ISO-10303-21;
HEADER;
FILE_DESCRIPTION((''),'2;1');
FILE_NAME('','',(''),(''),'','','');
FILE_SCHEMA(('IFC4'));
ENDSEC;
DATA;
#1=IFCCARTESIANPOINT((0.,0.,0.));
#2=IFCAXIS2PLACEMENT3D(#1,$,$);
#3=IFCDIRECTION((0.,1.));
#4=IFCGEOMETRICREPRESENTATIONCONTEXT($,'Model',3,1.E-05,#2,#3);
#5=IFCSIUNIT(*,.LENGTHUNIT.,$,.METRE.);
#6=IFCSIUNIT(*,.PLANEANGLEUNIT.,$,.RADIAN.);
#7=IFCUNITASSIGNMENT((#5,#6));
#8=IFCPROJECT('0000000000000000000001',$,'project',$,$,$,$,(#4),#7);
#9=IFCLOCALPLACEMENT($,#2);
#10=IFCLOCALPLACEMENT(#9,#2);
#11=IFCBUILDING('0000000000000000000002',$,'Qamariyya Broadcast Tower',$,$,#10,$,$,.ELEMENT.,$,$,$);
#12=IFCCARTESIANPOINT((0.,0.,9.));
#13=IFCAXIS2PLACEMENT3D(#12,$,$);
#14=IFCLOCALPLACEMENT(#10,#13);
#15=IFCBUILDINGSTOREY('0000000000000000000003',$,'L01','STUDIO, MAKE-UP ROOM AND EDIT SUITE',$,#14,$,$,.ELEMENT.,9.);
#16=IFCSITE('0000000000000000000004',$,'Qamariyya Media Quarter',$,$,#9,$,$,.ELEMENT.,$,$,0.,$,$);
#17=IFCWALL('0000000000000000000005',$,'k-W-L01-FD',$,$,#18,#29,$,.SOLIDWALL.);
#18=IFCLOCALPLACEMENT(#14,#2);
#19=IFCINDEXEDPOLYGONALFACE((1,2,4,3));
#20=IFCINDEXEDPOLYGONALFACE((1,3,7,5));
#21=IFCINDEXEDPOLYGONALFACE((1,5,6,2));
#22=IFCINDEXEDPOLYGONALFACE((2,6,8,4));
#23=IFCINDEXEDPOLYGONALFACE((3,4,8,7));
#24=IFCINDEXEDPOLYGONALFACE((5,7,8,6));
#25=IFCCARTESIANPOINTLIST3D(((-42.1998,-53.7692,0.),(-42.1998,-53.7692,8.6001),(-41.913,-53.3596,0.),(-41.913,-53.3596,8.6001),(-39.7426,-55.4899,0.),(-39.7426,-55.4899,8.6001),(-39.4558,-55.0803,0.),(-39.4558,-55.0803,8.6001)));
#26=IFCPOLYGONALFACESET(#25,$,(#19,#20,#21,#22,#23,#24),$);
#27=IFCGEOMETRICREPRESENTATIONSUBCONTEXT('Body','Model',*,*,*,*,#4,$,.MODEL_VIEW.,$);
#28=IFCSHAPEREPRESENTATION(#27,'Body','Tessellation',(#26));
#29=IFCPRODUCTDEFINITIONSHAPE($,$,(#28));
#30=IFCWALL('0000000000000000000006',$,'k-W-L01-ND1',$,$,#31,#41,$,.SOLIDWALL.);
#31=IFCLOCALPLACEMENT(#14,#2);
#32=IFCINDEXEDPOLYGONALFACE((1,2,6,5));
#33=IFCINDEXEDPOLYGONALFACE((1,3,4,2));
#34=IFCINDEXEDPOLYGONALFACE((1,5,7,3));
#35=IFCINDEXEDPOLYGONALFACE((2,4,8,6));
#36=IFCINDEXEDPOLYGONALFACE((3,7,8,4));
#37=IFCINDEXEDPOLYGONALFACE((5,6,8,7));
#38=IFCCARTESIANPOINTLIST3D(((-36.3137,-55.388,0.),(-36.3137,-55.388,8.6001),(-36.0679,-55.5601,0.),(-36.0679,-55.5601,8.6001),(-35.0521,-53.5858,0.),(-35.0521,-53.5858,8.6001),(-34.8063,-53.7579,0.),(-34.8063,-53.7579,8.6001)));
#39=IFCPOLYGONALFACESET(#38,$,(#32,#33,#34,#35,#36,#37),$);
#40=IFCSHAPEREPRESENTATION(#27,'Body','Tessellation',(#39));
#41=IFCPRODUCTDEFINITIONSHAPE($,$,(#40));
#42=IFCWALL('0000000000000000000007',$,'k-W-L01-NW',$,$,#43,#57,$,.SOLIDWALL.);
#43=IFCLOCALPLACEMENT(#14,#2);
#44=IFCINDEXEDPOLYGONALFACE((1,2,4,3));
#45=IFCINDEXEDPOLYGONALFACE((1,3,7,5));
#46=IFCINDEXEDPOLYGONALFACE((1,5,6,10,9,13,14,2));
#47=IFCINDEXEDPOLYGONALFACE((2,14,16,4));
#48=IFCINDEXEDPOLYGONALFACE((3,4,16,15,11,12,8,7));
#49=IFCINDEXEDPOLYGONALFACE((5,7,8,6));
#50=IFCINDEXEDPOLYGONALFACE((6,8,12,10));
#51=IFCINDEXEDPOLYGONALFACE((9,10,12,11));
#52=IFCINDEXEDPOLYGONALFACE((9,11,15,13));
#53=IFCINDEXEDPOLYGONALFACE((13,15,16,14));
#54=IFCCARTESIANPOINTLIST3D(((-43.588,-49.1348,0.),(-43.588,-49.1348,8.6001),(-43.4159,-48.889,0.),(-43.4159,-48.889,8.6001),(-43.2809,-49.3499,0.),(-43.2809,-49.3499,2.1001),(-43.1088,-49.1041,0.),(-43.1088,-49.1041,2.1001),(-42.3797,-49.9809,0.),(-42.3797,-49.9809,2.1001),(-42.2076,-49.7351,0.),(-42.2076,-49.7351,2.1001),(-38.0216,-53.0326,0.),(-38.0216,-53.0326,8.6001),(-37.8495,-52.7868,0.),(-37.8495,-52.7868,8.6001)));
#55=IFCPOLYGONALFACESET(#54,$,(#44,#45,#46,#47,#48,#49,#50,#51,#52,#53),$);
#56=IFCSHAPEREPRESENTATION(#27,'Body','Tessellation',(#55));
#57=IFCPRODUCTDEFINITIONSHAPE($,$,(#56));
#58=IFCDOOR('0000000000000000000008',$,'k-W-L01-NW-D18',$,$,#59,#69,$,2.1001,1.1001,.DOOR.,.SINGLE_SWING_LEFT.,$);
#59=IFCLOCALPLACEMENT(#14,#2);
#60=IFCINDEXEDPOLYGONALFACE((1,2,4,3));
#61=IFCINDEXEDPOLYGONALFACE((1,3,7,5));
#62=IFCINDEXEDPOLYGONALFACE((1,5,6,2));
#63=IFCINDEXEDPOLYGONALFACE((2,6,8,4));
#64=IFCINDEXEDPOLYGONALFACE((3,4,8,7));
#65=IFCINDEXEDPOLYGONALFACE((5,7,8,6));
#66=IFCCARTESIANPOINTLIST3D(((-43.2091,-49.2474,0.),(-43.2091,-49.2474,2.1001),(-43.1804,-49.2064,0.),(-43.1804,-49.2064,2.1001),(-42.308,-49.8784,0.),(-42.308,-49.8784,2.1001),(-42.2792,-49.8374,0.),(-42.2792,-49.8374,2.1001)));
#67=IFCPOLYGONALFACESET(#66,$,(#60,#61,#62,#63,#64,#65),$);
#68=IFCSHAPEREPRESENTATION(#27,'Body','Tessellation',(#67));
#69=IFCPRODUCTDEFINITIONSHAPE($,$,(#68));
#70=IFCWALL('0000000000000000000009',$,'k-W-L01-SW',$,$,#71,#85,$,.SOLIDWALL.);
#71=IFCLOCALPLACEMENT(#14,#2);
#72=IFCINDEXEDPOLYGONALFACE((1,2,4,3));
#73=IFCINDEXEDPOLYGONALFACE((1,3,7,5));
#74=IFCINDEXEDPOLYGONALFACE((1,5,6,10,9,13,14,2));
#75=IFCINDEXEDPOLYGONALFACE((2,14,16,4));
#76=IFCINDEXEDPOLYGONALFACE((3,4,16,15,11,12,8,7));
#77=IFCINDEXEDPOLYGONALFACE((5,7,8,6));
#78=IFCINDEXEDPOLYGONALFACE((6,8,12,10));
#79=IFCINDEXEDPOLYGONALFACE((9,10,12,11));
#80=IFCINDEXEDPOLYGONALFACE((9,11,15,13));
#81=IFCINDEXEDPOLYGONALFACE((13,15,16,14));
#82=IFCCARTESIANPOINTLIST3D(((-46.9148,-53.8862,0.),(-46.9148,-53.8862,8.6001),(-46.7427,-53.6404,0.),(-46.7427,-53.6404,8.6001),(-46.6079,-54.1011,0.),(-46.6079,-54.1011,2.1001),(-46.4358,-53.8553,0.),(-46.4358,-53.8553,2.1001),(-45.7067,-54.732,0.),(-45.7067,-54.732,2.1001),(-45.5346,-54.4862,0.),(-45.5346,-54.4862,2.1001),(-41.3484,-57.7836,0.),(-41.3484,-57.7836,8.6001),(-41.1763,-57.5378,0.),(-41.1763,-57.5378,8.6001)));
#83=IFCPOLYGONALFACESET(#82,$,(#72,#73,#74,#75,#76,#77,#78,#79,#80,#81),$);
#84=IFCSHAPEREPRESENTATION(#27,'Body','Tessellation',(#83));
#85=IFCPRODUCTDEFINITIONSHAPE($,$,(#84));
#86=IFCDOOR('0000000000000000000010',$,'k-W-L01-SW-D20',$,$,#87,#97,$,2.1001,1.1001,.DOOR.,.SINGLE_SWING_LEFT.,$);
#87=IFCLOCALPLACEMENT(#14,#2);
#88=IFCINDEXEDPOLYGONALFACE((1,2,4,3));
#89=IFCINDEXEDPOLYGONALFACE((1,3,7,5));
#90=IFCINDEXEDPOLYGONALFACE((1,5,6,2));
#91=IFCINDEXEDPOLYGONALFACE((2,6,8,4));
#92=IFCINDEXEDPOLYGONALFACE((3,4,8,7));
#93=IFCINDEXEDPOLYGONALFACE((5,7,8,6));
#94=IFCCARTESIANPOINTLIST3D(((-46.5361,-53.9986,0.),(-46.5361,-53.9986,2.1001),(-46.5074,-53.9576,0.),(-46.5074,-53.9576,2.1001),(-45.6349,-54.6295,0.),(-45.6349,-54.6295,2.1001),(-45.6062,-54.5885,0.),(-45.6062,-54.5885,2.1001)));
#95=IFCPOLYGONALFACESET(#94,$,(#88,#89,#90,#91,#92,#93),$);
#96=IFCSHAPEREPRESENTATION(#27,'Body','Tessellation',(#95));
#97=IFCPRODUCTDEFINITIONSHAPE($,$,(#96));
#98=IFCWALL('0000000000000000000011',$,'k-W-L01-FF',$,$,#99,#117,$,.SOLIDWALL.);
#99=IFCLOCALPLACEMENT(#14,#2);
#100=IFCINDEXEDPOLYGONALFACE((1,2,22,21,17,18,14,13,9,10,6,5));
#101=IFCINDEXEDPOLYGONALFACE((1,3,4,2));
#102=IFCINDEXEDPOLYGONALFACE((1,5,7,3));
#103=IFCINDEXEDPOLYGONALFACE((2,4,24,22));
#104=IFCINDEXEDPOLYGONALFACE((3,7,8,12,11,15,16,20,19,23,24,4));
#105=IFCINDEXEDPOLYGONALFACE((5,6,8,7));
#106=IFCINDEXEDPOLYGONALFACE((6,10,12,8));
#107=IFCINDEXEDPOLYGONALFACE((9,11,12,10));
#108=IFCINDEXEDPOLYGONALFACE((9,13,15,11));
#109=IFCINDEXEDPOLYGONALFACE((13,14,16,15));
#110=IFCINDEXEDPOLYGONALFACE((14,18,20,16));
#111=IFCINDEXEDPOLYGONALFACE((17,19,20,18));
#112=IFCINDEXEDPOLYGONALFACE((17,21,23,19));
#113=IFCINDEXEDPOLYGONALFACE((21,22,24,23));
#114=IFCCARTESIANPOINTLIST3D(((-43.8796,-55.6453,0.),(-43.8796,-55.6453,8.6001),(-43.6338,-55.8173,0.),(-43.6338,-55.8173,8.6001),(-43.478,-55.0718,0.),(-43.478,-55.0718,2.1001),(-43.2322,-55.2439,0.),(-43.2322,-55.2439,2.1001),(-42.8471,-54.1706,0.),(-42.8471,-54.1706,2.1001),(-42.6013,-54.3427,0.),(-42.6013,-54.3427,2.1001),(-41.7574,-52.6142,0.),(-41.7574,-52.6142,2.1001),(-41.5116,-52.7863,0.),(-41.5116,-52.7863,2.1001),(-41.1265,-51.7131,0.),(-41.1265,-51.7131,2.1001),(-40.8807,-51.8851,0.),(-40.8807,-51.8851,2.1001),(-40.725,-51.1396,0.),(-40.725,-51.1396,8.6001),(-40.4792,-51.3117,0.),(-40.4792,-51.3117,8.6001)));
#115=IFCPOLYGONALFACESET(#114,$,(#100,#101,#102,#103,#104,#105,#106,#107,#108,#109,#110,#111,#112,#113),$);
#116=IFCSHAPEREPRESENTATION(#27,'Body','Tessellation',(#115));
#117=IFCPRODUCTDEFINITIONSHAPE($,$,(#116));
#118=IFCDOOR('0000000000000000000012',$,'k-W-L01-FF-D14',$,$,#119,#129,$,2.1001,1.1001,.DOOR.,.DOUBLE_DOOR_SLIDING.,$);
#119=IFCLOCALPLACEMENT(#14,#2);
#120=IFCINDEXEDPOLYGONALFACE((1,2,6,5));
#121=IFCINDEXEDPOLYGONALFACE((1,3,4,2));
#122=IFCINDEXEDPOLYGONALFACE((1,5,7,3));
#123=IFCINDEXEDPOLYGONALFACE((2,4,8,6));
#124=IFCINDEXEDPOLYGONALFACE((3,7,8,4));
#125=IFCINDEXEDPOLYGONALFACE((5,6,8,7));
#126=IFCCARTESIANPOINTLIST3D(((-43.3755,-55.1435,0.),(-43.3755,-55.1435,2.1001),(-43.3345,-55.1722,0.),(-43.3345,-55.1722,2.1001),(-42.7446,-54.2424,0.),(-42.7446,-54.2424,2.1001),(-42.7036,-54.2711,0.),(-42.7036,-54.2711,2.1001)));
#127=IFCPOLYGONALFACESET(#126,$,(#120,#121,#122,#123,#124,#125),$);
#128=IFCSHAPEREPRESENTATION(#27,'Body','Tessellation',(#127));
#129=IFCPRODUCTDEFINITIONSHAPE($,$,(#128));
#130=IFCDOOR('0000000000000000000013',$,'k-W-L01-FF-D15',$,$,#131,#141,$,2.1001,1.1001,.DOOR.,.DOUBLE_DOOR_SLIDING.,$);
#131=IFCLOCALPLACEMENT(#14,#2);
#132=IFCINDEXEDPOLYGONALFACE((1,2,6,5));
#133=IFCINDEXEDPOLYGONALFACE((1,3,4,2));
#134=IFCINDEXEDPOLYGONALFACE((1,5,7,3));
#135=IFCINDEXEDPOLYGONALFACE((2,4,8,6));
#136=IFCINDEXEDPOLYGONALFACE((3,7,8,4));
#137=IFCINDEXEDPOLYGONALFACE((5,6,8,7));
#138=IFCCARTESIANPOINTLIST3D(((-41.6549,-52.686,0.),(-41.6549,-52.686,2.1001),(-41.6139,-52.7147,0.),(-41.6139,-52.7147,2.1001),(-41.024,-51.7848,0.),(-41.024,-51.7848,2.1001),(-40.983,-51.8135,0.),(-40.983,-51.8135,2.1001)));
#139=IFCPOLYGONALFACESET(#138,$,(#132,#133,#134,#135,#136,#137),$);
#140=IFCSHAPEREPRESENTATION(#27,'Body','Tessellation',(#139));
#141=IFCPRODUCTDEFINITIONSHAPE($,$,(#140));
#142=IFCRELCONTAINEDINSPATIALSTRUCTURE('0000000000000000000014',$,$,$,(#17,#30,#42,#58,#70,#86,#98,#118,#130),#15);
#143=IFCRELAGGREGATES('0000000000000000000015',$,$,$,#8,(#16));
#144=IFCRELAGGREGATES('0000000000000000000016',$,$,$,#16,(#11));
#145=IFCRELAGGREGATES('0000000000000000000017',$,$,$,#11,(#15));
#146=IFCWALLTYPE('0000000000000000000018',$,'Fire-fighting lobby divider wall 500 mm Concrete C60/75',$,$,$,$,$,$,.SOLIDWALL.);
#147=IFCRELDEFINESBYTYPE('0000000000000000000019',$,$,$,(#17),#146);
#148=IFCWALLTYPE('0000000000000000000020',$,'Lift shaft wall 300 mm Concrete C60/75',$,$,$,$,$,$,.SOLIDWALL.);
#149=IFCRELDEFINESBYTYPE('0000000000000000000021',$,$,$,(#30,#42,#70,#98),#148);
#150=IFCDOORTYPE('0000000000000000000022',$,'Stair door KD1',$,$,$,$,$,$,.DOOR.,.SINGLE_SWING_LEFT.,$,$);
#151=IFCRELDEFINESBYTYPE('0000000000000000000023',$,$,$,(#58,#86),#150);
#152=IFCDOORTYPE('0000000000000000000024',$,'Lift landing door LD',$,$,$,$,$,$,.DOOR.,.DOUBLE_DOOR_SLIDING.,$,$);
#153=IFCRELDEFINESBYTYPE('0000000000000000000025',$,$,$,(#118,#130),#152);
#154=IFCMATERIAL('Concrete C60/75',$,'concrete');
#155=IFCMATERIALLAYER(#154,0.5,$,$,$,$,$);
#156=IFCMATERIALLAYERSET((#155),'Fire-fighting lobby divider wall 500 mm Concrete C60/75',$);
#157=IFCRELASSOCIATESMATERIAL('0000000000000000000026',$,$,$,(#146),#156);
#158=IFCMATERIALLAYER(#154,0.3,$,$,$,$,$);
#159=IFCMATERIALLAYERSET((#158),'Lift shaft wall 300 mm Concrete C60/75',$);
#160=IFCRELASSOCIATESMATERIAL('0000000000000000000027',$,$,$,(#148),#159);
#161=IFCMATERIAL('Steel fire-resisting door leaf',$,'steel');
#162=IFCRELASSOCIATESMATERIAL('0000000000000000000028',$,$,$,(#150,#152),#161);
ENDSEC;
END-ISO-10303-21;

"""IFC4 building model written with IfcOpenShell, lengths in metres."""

from ifc_helpers import new_model, si_unit, direction, frame, frame_2d, origin, place, context, subcontext, project, spatial, rectangle, extrude, material, layer, layer_set, type_object, element, fill, save


model = new_model("IFC4")

# Units and contexts
model_context = context("Model", 3, precision=1e-05, world=origin(), true_north=direction((0.0, 1.0)))
body_context = subcontext(model_context, "Body", "Model", "MODEL_VIEW")
ifc_project = project(units=[si_unit("LENGTHUNIT", "METRE"), si_unit("PLANEANGLEUNIT", "RADIAN")], contexts=[model_context])

# Site, building, storey
site_placement = place(None, origin())
site = spatial("IfcSite", under=ifc_project, at=site_placement, Name="Qamariyya Media Quarter", CompositionType="ELEMENT", RefElevation=0.0)
building_placement = place(site_placement, origin())
building = spatial("IfcBuilding", under=site, at=building_placement, Name="Qamariyya Broadcast Tower", CompositionType="ELEMENT")
storey_placement = place(building_placement, frame((0.0, 0.0, 9.0)))
storey = spatial("IfcBuildingStorey", under=building, at=storey_placement, Name="L01", Description="STUDIO, MAKE-UP ROOM AND EDIT SUITE", CompositionType="ELEMENT", Elevation=9.0)

# Walls
ifc_material_1 = material(Name="Concrete C60/75", Category="concrete")
ifc_layer_1 = layer(ifc_material_1, 0.5)
ifc_layer_set_1 = layer_set([ifc_layer_1], Name="Fire-fighting lobby divider wall 500 mm Concrete C60/75")
wall_type_1 = type_object("IfcWallType", Name="Fire-fighting lobby divider wall 500 mm Concrete C60/75", PredefinedType="SOLIDWALL", material=ifc_layer_set_1)
wall_1_placement = place(storey_placement, frame((-39.5991, -55.2852, 0.0), z_axis=(0.0, 0.0, 1.0), x_axis=(-0.819136, 0.573599, 0.0)))
element("IfcWall", 1, at=wall_1_placement, inside=storey, type_object=wall_type_1, Name="k-W-L01-FD", PredefinedType="SOLIDWALL", context=body_context, shape_type="SweptSolid", body=[
    extrude(rectangle(XDim=2.9998, YDim=0.5, at=frame_2d((1.5, 0.0))), origin(), (0.0, 0.0, 1.0), 8.6001),
])
ifc_layer_2 = layer(ifc_material_1, 0.3)
ifc_layer_set_2 = layer_set([ifc_layer_2], Name="Lift shaft wall 300 mm Concrete C60/75")
wall_type_2 = type_object("IfcWallType", Name="Lift shaft wall 300 mm Concrete C60/75", PredefinedType="SOLIDWALL", material=ifc_layer_set_2)
wall_2_placement = place(storey_placement, frame((-36.1909, -55.4741, 0.0), z_axis=(0.0, 0.0, 1.0), x_axis=(0.573507, 0.819201, 0.0)))
element("IfcWall", 2, at=wall_2_placement, inside=storey, type_object=wall_type_2, Name="k-W-L01-ND1", PredefinedType="SOLIDWALL", context=body_context, shape_type="SweptSolid", body=[
    extrude(rectangle(XDim=2.2, YDim=0.3, at=frame_2d((1.1001, 0.0))), origin(), (0.0, 0.0, 1.0), 8.6001),
])

# Walls, openings, doors
wall_3_placement = place(storey_placement, frame((-37.9355, -52.9097, 0.0), z_axis=(0.0, 0.0, 1.0), x_axis=(-0.819148, 0.573583, 0.0)))
wall_3 = element("IfcWall", 3, at=wall_3_placement, inside=storey, type_object=wall_type_2, Name="k-W-L01-NW", PredefinedType="SOLIDWALL", context=body_context, shape_type="SweptSolid", body=[
    extrude(rectangle(XDim=6.7954, YDim=0.3, at=frame_2d((3.3977, 0.0))), origin(), (0.0, 0.0, 1.0), 8.6001),
])
opening_1_placement = place(wall_3_placement, frame((5.3203, 0.0, 0.0)))
opening_1 = element("IfcOpeningElement", 4, at=opening_1_placement, cuts=wall_3, PredefinedType="OPENING", context=body_context, shape_type="SweptSolid", body=[
    extrude(rectangle(XDim=1.1001, YDim=2.1001, at=frame_2d((0.55, 1.05))), frame((0.0, 0.1599, 0.0), z_axis=(0.0, -1.0, 0.0), x_axis=(1.0, 0.0, 0.0)), (0.0, 0.0, 1.0), 0.3201),
])
ifc_material_2 = material(Name="Steel fire-resisting door leaf", Category="steel")
door_type_1 = type_object("IfcDoorType", Name="Stair door KD1", OperationType="SINGLE_SWING_LEFT", PredefinedType="DOOR", material=ifc_material_2)
door_1_placement = place(opening_1_placement, origin())
door_1 = element("IfcDoor", 5, at=door_1_placement, inside=storey, type_object=door_type_1, Name="k-W-L01-NW-D18", OperationType="SINGLE_SWING_LEFT", OverallHeight=2.1001, OverallWidth=1.1001, PredefinedType="DOOR", context=body_context, shape_type="SweptSolid", body=[
    extrude(rectangle(XDim=1.1001, YDim=2.1001, at=frame_2d((0.55, 1.05))), frame((0.0, 0.0249, 0.0), z_axis=(0.0, -1.0, 0.0), x_axis=(1.0, 0.0, 0.0)), (0.0, 0.0, 1.0), 0.05),
])
fill(opening_1, door_1)
wall_4_placement = place(storey_placement, frame((-41.2625, -57.6606, 0.0), z_axis=(0.0, 0.0, 1.0), x_axis=(-0.819164, 0.573559, 0.0)))
wall_4 = element("IfcWall", 6, at=wall_4_placement, inside=storey, type_object=wall_type_2, Name="k-W-L01-SW", PredefinedType="SOLIDWALL", context=body_context, shape_type="SweptSolid", body=[
    extrude(rectangle(XDim=6.7952, YDim=0.3, at=frame_2d((3.3975, 0.0))), origin(), (0.0, 0.0, 1.0), 8.6001),
])
opening_2_placement = place(wall_4_placement, frame((5.3203, 0.0, 0.0)))
opening_2 = element("IfcOpeningElement", 7, at=opening_2_placement, cuts=wall_4, PredefinedType="OPENING", context=body_context, shape_type="SweptSolid", body=[
    extrude(rectangle(XDim=1.1001, YDim=2.1001, at=frame_2d((0.55, 1.05))), frame((0.0, 0.1599, 0.0), z_axis=(0.0, -1.0, 0.0), x_axis=(1.0, 0.0, 0.0)), (0.0, 0.0, 1.0), 0.3201),
])
door_2_placement = place(opening_2_placement, origin())
door_2 = element("IfcDoor", 8, at=door_2_placement, inside=storey, type_object=door_type_1, Name="k-W-L01-SW-D20", OperationType="SINGLE_SWING_LEFT", OverallHeight=2.1001, OverallWidth=1.1001, PredefinedType="DOOR", context=body_context, shape_type="SweptSolid", body=[
    extrude(rectangle(XDim=1.1001, YDim=2.1001, at=frame_2d((0.55, 1.05))), frame((0.0, 0.0249, 0.0), z_axis=(0.0, -1.0, 0.0), x_axis=(1.0, 0.0, 0.0)), (0.0, 0.0, 1.0), 0.05),
])
fill(opening_2, door_2)

# Wall, openings, doors
wall_5_placement = place(storey_placement, frame((-43.7566, -55.7312, 0.0), z_axis=(0.0, 0.0, 1.0), x_axis=(0.573537, 0.81918, 0.0)))
wall_5 = element("IfcWall", 9, at=wall_5_placement, inside=storey, type_object=wall_type_2, Name="k-W-L01-FF", PredefinedType="SOLIDWALL", context=body_context, shape_type="SweptSolid", body=[
    extrude(rectangle(XDim=5.5002, YDim=0.3, at=frame_2d((2.75, 0.0))), origin(), (0.0, 0.0, 1.0), 8.6001),
])
opening_3_placement = place(wall_5_placement, frame((0.7, 0.0, 0.0)))
opening_3 = element("IfcOpeningElement", 10, at=opening_3_placement, cuts=wall_5, PredefinedType="OPENING", context=body_context, shape_type="SweptSolid", body=[
    extrude(rectangle(XDim=1.1001, YDim=2.1001, at=frame_2d((0.55, 1.05))), frame((0.0, 0.1599, 0.0), z_axis=(0.0, -1.0, 0.0), x_axis=(1.0, 0.0, 0.0)), (0.0, 0.0, 1.0), 0.3201),
])
opening_4_placement = place(wall_5_placement, frame((3.7, 0.0, 0.0)))
opening_4 = element("IfcOpeningElement", 11, at=opening_4_placement, cuts=wall_5, PredefinedType="OPENING", context=body_context, shape_type="SweptSolid", body=[
    extrude(rectangle(XDim=1.1001, YDim=2.1001, at=frame_2d((0.55, 1.05))), frame((0.0, 0.1599, 0.0), z_axis=(0.0, -1.0, 0.0), x_axis=(1.0, 0.0, 0.0)), (0.0, 0.0, 1.0), 0.3201),
])
door_type_2 = type_object("IfcDoorType", Name="Lift landing door LD", OperationType="DOUBLE_DOOR_SLIDING", PredefinedType="DOOR", material=ifc_material_2)
door_3_placement = place(opening_3_placement, origin())
door_3 = element("IfcDoor", 12, at=door_3_placement, inside=storey, type_object=door_type_2, Name="k-W-L01-FF-D14", OperationType="DOUBLE_DOOR_SLIDING", OverallHeight=2.1001, OverallWidth=1.1001, PredefinedType="DOOR", context=body_context, shape_type="SweptSolid", body=[
    extrude(rectangle(XDim=1.1001, YDim=2.1001, at=frame_2d((0.55, 1.05))), frame((0.0, 0.0249, 0.0), z_axis=(0.0, -1.0, 0.0), x_axis=(1.0, 0.0, 0.0)), (0.0, 0.0, 1.0), 0.05),
])
fill(opening_3, door_3)
door_4_placement = place(opening_4_placement, origin())
door_4 = element("IfcDoor", 13, at=door_4_placement, inside=storey, type_object=door_type_2, Name="k-W-L01-FF-D15", OperationType="DOUBLE_DOOR_SLIDING", OverallHeight=2.1001, OverallWidth=1.1001, PredefinedType="DOOR", context=body_context, shape_type="SweptSolid", body=[
    extrude(rectangle(XDim=1.1001, YDim=2.1001, at=frame_2d((0.55, 1.05))), frame((0.0, 0.0249, 0.0), z_axis=(0.0, -1.0, 0.0), x_axis=(1.0, 0.0, 0.0)), (0.0, 0.0, 1.0), 0.05),
])
fill(opening_4, door_4)

save(model, "model.ifc")
